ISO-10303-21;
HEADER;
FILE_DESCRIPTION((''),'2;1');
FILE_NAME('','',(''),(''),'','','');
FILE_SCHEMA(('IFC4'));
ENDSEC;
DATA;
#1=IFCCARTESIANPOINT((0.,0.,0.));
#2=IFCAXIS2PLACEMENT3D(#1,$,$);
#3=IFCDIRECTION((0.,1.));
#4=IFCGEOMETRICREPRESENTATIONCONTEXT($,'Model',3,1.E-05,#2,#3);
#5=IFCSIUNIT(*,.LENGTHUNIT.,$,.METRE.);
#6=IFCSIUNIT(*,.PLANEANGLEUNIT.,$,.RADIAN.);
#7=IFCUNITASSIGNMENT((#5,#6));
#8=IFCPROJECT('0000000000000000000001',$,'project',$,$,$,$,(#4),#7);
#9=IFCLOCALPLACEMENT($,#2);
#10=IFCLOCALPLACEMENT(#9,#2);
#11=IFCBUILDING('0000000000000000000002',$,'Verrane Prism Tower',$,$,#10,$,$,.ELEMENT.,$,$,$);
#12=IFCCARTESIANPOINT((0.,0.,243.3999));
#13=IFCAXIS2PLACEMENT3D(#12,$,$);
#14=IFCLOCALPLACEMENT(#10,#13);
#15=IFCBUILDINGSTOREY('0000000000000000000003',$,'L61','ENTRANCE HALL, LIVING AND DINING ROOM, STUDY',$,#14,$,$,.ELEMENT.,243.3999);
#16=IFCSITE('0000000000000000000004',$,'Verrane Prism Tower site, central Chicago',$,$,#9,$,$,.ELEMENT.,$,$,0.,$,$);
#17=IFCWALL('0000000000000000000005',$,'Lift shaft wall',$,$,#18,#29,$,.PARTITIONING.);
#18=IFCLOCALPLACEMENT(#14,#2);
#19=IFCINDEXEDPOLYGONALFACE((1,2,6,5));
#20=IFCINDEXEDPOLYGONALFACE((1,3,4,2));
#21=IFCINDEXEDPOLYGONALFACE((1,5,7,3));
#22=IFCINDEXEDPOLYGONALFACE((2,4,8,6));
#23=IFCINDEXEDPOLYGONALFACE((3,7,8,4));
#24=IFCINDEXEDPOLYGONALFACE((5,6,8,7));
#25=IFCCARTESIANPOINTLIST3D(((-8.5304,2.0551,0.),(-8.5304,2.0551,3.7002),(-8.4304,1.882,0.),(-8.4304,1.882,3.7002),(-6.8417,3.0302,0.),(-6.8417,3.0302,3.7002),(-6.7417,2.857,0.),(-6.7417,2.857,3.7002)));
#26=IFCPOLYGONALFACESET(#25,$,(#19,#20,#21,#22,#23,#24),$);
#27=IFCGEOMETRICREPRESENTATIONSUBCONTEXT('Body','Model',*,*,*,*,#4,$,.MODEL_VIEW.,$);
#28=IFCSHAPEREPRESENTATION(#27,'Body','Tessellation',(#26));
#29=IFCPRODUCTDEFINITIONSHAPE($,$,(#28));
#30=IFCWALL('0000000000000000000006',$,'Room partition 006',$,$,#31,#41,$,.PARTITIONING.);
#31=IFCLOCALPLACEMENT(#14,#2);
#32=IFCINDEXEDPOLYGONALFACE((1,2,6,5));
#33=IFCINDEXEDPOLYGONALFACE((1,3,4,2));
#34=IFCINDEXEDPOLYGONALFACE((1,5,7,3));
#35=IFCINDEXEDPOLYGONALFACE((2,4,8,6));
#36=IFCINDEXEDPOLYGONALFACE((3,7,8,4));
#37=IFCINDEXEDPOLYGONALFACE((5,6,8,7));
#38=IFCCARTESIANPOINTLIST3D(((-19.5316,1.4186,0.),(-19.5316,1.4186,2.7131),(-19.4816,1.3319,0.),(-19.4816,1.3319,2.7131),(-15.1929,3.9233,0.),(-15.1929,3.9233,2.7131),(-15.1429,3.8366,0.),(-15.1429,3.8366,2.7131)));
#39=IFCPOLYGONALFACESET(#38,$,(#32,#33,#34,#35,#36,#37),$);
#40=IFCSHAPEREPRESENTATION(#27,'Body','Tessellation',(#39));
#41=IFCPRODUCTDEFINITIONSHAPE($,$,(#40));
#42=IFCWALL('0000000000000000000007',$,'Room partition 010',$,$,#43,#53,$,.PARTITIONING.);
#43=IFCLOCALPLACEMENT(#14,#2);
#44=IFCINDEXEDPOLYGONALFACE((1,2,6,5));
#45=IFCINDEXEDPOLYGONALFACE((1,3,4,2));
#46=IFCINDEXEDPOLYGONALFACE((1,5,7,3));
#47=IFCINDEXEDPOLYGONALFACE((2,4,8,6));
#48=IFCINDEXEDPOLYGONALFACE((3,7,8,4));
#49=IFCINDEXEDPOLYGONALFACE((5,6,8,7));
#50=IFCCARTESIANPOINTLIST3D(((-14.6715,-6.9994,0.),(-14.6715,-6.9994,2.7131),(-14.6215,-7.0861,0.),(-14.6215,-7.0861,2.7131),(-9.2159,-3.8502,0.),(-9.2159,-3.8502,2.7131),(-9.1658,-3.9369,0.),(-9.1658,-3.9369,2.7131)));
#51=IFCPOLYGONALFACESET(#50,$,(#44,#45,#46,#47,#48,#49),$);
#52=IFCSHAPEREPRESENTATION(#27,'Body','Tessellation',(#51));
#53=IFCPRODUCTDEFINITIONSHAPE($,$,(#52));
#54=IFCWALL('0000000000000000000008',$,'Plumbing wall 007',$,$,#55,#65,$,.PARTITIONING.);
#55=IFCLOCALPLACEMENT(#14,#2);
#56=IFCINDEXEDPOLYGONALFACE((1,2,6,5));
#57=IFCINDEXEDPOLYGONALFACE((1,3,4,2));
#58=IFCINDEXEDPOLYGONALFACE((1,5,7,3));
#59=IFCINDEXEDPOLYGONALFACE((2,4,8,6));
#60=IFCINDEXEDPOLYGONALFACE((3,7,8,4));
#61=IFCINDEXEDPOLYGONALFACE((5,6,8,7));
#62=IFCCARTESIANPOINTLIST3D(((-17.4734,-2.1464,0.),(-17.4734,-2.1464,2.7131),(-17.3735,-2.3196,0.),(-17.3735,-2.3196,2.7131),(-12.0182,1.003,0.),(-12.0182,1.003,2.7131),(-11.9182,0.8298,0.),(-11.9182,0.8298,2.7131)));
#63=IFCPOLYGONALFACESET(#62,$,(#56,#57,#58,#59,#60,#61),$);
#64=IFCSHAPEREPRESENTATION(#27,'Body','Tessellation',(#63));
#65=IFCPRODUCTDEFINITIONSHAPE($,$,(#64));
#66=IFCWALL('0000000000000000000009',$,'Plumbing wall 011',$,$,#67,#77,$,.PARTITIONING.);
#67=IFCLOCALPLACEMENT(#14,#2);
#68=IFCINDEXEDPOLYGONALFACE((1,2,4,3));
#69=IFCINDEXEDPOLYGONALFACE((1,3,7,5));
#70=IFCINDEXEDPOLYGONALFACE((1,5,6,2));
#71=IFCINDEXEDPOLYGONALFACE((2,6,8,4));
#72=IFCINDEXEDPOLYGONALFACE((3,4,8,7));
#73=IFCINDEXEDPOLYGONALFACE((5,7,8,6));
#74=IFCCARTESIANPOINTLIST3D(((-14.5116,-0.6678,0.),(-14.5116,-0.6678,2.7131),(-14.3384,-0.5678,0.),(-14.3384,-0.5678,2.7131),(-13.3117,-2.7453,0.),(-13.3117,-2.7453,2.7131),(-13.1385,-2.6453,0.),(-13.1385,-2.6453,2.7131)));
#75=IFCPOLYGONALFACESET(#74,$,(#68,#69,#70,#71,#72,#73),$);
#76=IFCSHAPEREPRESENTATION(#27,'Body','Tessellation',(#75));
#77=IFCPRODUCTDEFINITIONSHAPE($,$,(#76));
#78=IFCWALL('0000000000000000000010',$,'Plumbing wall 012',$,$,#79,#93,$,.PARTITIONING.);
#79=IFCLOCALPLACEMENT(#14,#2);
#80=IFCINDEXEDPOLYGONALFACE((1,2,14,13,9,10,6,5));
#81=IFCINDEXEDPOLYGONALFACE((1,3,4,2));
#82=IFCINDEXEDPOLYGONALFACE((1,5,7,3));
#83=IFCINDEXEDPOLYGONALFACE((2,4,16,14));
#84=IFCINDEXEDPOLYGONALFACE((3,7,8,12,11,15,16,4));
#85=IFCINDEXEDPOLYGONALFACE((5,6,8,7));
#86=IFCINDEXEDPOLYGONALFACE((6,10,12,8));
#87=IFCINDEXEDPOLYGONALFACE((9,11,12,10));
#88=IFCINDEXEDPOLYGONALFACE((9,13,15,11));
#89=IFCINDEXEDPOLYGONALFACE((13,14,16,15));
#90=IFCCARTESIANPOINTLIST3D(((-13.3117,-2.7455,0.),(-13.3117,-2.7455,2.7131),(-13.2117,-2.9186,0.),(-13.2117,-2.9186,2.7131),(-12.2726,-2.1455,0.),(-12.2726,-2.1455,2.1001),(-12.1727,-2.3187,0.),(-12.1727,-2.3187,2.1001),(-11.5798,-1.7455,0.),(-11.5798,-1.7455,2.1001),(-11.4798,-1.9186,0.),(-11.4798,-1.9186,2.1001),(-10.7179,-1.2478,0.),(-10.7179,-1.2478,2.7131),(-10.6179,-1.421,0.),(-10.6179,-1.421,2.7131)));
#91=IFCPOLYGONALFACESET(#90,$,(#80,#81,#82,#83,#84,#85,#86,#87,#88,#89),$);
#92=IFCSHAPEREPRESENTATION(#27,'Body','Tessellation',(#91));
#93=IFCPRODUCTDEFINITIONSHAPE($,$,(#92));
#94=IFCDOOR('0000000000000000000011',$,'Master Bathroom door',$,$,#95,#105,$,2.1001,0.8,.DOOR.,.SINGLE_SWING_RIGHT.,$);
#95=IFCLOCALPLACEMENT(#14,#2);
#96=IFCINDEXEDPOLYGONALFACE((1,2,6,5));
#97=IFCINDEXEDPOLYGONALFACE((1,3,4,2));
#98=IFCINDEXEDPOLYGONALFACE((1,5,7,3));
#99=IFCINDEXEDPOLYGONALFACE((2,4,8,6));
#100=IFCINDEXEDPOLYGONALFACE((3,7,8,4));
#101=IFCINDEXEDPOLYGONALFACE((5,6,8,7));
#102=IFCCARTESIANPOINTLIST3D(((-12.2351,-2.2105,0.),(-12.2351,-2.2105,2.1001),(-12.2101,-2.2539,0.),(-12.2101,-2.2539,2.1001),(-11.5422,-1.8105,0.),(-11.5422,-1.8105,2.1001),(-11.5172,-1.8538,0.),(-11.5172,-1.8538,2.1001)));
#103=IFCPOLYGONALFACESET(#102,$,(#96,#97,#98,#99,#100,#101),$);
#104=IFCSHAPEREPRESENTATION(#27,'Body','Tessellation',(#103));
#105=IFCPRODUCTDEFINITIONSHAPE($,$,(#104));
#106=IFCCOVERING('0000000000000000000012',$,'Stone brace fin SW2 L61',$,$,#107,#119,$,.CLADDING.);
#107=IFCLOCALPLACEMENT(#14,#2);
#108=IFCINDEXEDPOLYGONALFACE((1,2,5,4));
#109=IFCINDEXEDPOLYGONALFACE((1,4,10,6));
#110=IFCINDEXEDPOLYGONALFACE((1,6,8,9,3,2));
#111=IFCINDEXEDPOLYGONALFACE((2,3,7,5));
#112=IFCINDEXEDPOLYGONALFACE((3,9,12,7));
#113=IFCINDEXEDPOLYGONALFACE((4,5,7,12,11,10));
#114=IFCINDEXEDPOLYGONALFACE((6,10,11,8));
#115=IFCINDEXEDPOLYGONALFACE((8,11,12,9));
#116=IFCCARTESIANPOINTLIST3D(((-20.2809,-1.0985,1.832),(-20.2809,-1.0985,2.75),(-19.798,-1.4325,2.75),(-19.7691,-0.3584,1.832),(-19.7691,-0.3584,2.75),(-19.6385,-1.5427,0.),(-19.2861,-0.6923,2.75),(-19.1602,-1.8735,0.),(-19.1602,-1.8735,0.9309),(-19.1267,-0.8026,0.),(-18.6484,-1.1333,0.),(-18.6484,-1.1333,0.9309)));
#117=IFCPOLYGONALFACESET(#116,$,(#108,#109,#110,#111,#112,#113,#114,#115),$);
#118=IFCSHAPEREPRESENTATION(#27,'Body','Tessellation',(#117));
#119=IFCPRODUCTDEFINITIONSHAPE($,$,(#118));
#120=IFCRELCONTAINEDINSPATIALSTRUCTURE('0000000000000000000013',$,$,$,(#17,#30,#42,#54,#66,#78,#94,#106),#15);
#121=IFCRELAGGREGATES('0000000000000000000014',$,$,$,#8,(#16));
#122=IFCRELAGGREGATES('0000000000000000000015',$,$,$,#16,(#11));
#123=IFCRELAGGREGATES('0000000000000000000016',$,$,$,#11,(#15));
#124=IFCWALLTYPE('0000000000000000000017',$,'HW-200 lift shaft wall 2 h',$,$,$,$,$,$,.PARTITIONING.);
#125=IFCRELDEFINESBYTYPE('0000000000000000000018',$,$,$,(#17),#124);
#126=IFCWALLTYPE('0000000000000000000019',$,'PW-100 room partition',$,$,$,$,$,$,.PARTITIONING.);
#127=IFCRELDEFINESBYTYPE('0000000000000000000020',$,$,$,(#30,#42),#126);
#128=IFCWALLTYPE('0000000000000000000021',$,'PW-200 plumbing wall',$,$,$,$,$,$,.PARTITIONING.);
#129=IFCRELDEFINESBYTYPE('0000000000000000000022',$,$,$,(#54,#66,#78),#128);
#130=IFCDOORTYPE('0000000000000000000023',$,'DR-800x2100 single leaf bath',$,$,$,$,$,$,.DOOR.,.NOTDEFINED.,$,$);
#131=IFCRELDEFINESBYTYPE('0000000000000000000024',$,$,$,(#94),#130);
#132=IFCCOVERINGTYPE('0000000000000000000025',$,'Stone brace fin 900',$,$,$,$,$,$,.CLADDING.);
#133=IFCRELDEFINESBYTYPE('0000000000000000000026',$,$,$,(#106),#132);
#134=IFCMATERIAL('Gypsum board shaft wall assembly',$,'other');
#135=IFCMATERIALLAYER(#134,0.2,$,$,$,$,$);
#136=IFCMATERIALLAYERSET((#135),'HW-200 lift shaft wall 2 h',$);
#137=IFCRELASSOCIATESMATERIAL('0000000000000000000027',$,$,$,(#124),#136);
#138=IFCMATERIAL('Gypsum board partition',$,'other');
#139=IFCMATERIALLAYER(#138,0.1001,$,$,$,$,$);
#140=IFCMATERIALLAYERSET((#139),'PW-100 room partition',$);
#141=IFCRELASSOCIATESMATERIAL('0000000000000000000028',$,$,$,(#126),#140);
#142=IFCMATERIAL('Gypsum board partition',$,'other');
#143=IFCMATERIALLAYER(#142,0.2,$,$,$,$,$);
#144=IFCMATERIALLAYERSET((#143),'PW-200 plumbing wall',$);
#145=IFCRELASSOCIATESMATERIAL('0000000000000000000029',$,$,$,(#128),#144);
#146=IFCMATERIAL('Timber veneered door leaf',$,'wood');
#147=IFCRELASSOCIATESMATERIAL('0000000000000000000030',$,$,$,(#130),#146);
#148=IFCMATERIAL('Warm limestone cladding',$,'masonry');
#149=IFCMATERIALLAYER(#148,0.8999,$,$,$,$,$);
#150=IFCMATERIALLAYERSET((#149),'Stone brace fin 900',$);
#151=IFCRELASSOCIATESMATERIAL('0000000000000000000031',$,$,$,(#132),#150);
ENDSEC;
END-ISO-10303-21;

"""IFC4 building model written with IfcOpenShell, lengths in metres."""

from ifc_helpers import new_model, si_unit, direction, frame, frame_2d, origin, place, context, subcontext, project, spatial, polyline, rectangle, outline, extrude, material, layer, layer_set, type_object, element, fill, save


model = new_model("IFC4")

# Units and contexts
model_context = context("Model", 3, precision=1e-05, world=origin(), true_north=direction((0.0, 1.0)))
body_context = subcontext(model_context, "Body", "Model", "MODEL_VIEW")
ifc_project = project(units=[si_unit("LENGTHUNIT", "METRE"), si_unit("PLANEANGLEUNIT", "RADIAN")], contexts=[model_context])

# Site, building, storey
site_placement = place(None, origin())
site = spatial("IfcSite", under=ifc_project, at=site_placement, Name="Verrane Prism Tower site, central Chicago", CompositionType="ELEMENT", RefElevation=0.0)
building_placement = place(site_placement, origin())
building = spatial("IfcBuilding", under=site, at=building_placement, Name="Verrane Prism Tower", CompositionType="ELEMENT")
storey_placement = place(building_placement, frame((0.0, 0.0, 243.3999)))
storey = spatial("IfcBuildingStorey", under=building, at=storey_placement, Name="L61", Description="ENTRANCE HALL, LIVING AND DINING ROOM, STUDY", CompositionType="ELEMENT", Elevation=243.3999)

# Walls
ifc_material_1 = material(Name="Gypsum board shaft wall assembly", Category="other")
ifc_layer_1 = layer(ifc_material_1, 0.2)
ifc_layer_set_1 = layer_set([ifc_layer_1], Name="HW-200 lift shaft wall 2 h")
wall_type_1 = type_object("IfcWallType", Name="HW-200 lift shaft wall 2 h", PredefinedType="PARTITIONING", material=ifc_layer_set_1)
wall_1_placement = place(storey_placement, frame((-8.4805, 1.9685, 0.0), z_axis=(0.0, 0.0, 1.0), x_axis=(0.866, 0.500044, 0.0)))
element("IfcWall", 1, at=wall_1_placement, inside=storey, type_object=wall_type_1, Name="Lift shaft wall", PredefinedType="PARTITIONING", context=body_context, shape_type="SweptSolid", body=[
    extrude(rectangle(XDim=1.95, YDim=0.2, at=frame_2d((0.9751, 0.0))), origin(), (0.0, 0.0, 1.0), 3.7002),
])
ifc_material_2 = material(Name="Gypsum board partition", Category="other")
ifc_layer_2 = layer(ifc_material_2, 0.1001)
ifc_layer_set_2 = layer_set([ifc_layer_2], Name="PW-100 room partition")
wall_type_2 = type_object("IfcWallType", Name="PW-100 room partition", PredefinedType="PARTITIONING", material=ifc_layer_set_2)
wall_2_placement = place(storey_placement, frame((-19.5066, 1.3752, 0.0), z_axis=(0.0, 0.0, 1.0), x_axis=(0.866048, 0.49996, 0.0)))
element("IfcWall", 2, at=wall_2_placement, inside=storey, type_object=wall_type_2, Name="Room partition 006", PredefinedType="PARTITIONING", context=body_context, shape_type="SweptSolid", body=[
    extrude(rectangle(XDim=5.0098, YDim=0.1001, at=frame_2d((2.5049, 0.0))), origin(), (0.0, 0.0, 1.0), 2.7131),
])
wall_3_placement = place(storey_placement, frame((-14.6465, -7.0427, 0.0), z_axis=(0.0, 0.0, 1.0), x_axis=(0.866067, 0.499928, 0.0)))
element("IfcWall", 3, at=wall_3_placement, inside=storey, type_object=wall_type_2, Name="Room partition 010", PredefinedType="PARTITIONING", context=body_context, shape_type="SweptSolid", body=[
    extrude(rectangle(XDim=6.2993, YDim=0.1001, at=frame_2d((3.1497, 0.0))), origin(), (0.0, 0.0, 1.0), 2.7131),
])
ifc_material_3 = material(Name="Gypsum board partition", Category="other")
ifc_layer_3 = layer(ifc_material_3, 0.2)
ifc_layer_set_3 = layer_set([ifc_layer_3], Name="PW-200 plumbing wall")
wall_type_3 = type_object("IfcWallType", Name="PW-200 plumbing wall", PredefinedType="PARTITIONING", material=ifc_layer_set_3)
wall_4_placement = place(storey_placement, frame((-17.4233, -2.2329, 0.0), z_axis=(0.0, 0.0, 1.0), x_axis=(0.86604, 0.499974, 0.0)))
element("IfcWall", 4, at=wall_4_placement, inside=storey, type_object=wall_type_3, Name="Plumbing wall 007", PredefinedType="PARTITIONING", context=body_context, shape_type="SweptSolid", body=[
    extrude(rectangle(XDim=6.2991, YDim=0.2, at=frame_2d((3.1494, 0.0))), origin(), (0.0, 0.0, 1.0), 2.7131),
])
wall_5_placement = place(storey_placement, frame((-14.425, -0.6177, 0.0), z_axis=(0.0, 0.0, 1.0), x_axis=(0.500133, -0.865948, 0.0)))
element("IfcWall", 5, at=wall_5_placement, inside=storey, type_object=wall_type_3, Name="Plumbing wall 011", PredefinedType="PARTITIONING", context=body_context, shape_type="SweptSolid", body=[
    extrude(rectangle(XDim=2.3992, YDim=0.2, at=frame_2d((1.1997, 0.0))), origin(), (0.0, 0.0, 1.0), 2.7131),
])

# Wall, opening, door
wall_6_placement = place(storey_placement, frame((-13.2617, -2.832, 0.0), z_axis=(0.0, 0.0, 1.0), x_axis=(0.866017, 0.500014, 0.0)))
wall_6 = element("IfcWall", 6, at=wall_6_placement, inside=storey, type_object=wall_type_3, Name="Plumbing wall 012", PredefinedType="PARTITIONING", context=body_context, shape_type="SweptSolid", body=[
    extrude(rectangle(XDim=2.9951, YDim=0.2, at=frame_2d((1.4976, 0.0))), origin(), (0.0, 0.0, 1.0), 2.7131),
])
opening_placement = place(wall_6_placement, frame((1.2, 0.0, 0.0)))
opening = element("IfcOpeningElement", 7, at=opening_placement, cuts=wall_6, PredefinedType="OPENING", context=body_context, shape_type="SweptSolid", body=[
    extrude(rectangle(XDim=0.8, YDim=2.1001, at=frame_2d((0.3999, 1.05))), frame((0.0, 0.1099, 0.0), z_axis=(0.0, -1.0, 0.0), x_axis=(1.0, 0.0, 0.0)), (0.0, 0.0, 1.0), 0.22),
])
ifc_material_4 = material(Name="Timber veneered door leaf", Category="wood")
door_type = type_object("IfcDoorType", Name="DR-800x2100 single leaf bath", OperationType="NOTDEFINED", PredefinedType="DOOR", material=ifc_material_4)
door_placement = place(opening_placement, origin())
door = element("IfcDoor", 8, at=door_placement, inside=storey, type_object=door_type, Name="Master Bathroom door", OperationType="SINGLE_SWING_RIGHT", OverallHeight=2.1001, OverallWidth=0.8, PredefinedType="DOOR", context=body_context, shape_type="SweptSolid", body=[
    extrude(rectangle(XDim=0.8, YDim=2.1001, at=frame_2d((0.3999, 1.05))), frame((0.0, 0.0249, 0.0), z_axis=(0.0, -1.0, 0.0), x_axis=(1.0, 0.0, 0.0)), (0.0, 0.0, 1.0), 0.05),
])
fill(opening, door)

# Covering
ifc_material_5 = material(Name="Warm limestone cladding", Category="masonry")
ifc_layer_4 = layer(ifc_material_5, 0.8999)
ifc_layer_set_4 = layer_set([ifc_layer_4], Name="Stone brace fin 900")
covering_type = type_object("IfcCoveringType", Name="Stone brace fin 900", PredefinedType="CLADDING", material=ifc_layer_set_4)
covering_placement = place(storey_placement, frame((-18.9043, -1.5034, 0.0), z_axis=(0.0, 0.0, 1.0), x_axis=(-0.822502, 0.568763, 0.0)))
element("IfcCovering", 9, at=covering_placement, inside=storey, type_object=covering_type, Name="Stone brace fin SW2 L61", PredefinedType="CLADDING", context=body_context, shape_type="SweptSolid", body=[
    extrude(outline(polyline([(1.3625, 2.75), (0.7754, 2.75), (0.0, 0.9309), (0.0, 0.0), (0.5815, 0.0), (1.3625, 1.832), (1.3625, 2.75)])), frame((0.0, 0.45, 0.0), z_axis=(0.0, -1.0, 0.0), x_axis=(1.0, 0.0, 0.0)), (0.0, 0.0, 1.0), 0.8999),
])

save(model, "model.ifc")
